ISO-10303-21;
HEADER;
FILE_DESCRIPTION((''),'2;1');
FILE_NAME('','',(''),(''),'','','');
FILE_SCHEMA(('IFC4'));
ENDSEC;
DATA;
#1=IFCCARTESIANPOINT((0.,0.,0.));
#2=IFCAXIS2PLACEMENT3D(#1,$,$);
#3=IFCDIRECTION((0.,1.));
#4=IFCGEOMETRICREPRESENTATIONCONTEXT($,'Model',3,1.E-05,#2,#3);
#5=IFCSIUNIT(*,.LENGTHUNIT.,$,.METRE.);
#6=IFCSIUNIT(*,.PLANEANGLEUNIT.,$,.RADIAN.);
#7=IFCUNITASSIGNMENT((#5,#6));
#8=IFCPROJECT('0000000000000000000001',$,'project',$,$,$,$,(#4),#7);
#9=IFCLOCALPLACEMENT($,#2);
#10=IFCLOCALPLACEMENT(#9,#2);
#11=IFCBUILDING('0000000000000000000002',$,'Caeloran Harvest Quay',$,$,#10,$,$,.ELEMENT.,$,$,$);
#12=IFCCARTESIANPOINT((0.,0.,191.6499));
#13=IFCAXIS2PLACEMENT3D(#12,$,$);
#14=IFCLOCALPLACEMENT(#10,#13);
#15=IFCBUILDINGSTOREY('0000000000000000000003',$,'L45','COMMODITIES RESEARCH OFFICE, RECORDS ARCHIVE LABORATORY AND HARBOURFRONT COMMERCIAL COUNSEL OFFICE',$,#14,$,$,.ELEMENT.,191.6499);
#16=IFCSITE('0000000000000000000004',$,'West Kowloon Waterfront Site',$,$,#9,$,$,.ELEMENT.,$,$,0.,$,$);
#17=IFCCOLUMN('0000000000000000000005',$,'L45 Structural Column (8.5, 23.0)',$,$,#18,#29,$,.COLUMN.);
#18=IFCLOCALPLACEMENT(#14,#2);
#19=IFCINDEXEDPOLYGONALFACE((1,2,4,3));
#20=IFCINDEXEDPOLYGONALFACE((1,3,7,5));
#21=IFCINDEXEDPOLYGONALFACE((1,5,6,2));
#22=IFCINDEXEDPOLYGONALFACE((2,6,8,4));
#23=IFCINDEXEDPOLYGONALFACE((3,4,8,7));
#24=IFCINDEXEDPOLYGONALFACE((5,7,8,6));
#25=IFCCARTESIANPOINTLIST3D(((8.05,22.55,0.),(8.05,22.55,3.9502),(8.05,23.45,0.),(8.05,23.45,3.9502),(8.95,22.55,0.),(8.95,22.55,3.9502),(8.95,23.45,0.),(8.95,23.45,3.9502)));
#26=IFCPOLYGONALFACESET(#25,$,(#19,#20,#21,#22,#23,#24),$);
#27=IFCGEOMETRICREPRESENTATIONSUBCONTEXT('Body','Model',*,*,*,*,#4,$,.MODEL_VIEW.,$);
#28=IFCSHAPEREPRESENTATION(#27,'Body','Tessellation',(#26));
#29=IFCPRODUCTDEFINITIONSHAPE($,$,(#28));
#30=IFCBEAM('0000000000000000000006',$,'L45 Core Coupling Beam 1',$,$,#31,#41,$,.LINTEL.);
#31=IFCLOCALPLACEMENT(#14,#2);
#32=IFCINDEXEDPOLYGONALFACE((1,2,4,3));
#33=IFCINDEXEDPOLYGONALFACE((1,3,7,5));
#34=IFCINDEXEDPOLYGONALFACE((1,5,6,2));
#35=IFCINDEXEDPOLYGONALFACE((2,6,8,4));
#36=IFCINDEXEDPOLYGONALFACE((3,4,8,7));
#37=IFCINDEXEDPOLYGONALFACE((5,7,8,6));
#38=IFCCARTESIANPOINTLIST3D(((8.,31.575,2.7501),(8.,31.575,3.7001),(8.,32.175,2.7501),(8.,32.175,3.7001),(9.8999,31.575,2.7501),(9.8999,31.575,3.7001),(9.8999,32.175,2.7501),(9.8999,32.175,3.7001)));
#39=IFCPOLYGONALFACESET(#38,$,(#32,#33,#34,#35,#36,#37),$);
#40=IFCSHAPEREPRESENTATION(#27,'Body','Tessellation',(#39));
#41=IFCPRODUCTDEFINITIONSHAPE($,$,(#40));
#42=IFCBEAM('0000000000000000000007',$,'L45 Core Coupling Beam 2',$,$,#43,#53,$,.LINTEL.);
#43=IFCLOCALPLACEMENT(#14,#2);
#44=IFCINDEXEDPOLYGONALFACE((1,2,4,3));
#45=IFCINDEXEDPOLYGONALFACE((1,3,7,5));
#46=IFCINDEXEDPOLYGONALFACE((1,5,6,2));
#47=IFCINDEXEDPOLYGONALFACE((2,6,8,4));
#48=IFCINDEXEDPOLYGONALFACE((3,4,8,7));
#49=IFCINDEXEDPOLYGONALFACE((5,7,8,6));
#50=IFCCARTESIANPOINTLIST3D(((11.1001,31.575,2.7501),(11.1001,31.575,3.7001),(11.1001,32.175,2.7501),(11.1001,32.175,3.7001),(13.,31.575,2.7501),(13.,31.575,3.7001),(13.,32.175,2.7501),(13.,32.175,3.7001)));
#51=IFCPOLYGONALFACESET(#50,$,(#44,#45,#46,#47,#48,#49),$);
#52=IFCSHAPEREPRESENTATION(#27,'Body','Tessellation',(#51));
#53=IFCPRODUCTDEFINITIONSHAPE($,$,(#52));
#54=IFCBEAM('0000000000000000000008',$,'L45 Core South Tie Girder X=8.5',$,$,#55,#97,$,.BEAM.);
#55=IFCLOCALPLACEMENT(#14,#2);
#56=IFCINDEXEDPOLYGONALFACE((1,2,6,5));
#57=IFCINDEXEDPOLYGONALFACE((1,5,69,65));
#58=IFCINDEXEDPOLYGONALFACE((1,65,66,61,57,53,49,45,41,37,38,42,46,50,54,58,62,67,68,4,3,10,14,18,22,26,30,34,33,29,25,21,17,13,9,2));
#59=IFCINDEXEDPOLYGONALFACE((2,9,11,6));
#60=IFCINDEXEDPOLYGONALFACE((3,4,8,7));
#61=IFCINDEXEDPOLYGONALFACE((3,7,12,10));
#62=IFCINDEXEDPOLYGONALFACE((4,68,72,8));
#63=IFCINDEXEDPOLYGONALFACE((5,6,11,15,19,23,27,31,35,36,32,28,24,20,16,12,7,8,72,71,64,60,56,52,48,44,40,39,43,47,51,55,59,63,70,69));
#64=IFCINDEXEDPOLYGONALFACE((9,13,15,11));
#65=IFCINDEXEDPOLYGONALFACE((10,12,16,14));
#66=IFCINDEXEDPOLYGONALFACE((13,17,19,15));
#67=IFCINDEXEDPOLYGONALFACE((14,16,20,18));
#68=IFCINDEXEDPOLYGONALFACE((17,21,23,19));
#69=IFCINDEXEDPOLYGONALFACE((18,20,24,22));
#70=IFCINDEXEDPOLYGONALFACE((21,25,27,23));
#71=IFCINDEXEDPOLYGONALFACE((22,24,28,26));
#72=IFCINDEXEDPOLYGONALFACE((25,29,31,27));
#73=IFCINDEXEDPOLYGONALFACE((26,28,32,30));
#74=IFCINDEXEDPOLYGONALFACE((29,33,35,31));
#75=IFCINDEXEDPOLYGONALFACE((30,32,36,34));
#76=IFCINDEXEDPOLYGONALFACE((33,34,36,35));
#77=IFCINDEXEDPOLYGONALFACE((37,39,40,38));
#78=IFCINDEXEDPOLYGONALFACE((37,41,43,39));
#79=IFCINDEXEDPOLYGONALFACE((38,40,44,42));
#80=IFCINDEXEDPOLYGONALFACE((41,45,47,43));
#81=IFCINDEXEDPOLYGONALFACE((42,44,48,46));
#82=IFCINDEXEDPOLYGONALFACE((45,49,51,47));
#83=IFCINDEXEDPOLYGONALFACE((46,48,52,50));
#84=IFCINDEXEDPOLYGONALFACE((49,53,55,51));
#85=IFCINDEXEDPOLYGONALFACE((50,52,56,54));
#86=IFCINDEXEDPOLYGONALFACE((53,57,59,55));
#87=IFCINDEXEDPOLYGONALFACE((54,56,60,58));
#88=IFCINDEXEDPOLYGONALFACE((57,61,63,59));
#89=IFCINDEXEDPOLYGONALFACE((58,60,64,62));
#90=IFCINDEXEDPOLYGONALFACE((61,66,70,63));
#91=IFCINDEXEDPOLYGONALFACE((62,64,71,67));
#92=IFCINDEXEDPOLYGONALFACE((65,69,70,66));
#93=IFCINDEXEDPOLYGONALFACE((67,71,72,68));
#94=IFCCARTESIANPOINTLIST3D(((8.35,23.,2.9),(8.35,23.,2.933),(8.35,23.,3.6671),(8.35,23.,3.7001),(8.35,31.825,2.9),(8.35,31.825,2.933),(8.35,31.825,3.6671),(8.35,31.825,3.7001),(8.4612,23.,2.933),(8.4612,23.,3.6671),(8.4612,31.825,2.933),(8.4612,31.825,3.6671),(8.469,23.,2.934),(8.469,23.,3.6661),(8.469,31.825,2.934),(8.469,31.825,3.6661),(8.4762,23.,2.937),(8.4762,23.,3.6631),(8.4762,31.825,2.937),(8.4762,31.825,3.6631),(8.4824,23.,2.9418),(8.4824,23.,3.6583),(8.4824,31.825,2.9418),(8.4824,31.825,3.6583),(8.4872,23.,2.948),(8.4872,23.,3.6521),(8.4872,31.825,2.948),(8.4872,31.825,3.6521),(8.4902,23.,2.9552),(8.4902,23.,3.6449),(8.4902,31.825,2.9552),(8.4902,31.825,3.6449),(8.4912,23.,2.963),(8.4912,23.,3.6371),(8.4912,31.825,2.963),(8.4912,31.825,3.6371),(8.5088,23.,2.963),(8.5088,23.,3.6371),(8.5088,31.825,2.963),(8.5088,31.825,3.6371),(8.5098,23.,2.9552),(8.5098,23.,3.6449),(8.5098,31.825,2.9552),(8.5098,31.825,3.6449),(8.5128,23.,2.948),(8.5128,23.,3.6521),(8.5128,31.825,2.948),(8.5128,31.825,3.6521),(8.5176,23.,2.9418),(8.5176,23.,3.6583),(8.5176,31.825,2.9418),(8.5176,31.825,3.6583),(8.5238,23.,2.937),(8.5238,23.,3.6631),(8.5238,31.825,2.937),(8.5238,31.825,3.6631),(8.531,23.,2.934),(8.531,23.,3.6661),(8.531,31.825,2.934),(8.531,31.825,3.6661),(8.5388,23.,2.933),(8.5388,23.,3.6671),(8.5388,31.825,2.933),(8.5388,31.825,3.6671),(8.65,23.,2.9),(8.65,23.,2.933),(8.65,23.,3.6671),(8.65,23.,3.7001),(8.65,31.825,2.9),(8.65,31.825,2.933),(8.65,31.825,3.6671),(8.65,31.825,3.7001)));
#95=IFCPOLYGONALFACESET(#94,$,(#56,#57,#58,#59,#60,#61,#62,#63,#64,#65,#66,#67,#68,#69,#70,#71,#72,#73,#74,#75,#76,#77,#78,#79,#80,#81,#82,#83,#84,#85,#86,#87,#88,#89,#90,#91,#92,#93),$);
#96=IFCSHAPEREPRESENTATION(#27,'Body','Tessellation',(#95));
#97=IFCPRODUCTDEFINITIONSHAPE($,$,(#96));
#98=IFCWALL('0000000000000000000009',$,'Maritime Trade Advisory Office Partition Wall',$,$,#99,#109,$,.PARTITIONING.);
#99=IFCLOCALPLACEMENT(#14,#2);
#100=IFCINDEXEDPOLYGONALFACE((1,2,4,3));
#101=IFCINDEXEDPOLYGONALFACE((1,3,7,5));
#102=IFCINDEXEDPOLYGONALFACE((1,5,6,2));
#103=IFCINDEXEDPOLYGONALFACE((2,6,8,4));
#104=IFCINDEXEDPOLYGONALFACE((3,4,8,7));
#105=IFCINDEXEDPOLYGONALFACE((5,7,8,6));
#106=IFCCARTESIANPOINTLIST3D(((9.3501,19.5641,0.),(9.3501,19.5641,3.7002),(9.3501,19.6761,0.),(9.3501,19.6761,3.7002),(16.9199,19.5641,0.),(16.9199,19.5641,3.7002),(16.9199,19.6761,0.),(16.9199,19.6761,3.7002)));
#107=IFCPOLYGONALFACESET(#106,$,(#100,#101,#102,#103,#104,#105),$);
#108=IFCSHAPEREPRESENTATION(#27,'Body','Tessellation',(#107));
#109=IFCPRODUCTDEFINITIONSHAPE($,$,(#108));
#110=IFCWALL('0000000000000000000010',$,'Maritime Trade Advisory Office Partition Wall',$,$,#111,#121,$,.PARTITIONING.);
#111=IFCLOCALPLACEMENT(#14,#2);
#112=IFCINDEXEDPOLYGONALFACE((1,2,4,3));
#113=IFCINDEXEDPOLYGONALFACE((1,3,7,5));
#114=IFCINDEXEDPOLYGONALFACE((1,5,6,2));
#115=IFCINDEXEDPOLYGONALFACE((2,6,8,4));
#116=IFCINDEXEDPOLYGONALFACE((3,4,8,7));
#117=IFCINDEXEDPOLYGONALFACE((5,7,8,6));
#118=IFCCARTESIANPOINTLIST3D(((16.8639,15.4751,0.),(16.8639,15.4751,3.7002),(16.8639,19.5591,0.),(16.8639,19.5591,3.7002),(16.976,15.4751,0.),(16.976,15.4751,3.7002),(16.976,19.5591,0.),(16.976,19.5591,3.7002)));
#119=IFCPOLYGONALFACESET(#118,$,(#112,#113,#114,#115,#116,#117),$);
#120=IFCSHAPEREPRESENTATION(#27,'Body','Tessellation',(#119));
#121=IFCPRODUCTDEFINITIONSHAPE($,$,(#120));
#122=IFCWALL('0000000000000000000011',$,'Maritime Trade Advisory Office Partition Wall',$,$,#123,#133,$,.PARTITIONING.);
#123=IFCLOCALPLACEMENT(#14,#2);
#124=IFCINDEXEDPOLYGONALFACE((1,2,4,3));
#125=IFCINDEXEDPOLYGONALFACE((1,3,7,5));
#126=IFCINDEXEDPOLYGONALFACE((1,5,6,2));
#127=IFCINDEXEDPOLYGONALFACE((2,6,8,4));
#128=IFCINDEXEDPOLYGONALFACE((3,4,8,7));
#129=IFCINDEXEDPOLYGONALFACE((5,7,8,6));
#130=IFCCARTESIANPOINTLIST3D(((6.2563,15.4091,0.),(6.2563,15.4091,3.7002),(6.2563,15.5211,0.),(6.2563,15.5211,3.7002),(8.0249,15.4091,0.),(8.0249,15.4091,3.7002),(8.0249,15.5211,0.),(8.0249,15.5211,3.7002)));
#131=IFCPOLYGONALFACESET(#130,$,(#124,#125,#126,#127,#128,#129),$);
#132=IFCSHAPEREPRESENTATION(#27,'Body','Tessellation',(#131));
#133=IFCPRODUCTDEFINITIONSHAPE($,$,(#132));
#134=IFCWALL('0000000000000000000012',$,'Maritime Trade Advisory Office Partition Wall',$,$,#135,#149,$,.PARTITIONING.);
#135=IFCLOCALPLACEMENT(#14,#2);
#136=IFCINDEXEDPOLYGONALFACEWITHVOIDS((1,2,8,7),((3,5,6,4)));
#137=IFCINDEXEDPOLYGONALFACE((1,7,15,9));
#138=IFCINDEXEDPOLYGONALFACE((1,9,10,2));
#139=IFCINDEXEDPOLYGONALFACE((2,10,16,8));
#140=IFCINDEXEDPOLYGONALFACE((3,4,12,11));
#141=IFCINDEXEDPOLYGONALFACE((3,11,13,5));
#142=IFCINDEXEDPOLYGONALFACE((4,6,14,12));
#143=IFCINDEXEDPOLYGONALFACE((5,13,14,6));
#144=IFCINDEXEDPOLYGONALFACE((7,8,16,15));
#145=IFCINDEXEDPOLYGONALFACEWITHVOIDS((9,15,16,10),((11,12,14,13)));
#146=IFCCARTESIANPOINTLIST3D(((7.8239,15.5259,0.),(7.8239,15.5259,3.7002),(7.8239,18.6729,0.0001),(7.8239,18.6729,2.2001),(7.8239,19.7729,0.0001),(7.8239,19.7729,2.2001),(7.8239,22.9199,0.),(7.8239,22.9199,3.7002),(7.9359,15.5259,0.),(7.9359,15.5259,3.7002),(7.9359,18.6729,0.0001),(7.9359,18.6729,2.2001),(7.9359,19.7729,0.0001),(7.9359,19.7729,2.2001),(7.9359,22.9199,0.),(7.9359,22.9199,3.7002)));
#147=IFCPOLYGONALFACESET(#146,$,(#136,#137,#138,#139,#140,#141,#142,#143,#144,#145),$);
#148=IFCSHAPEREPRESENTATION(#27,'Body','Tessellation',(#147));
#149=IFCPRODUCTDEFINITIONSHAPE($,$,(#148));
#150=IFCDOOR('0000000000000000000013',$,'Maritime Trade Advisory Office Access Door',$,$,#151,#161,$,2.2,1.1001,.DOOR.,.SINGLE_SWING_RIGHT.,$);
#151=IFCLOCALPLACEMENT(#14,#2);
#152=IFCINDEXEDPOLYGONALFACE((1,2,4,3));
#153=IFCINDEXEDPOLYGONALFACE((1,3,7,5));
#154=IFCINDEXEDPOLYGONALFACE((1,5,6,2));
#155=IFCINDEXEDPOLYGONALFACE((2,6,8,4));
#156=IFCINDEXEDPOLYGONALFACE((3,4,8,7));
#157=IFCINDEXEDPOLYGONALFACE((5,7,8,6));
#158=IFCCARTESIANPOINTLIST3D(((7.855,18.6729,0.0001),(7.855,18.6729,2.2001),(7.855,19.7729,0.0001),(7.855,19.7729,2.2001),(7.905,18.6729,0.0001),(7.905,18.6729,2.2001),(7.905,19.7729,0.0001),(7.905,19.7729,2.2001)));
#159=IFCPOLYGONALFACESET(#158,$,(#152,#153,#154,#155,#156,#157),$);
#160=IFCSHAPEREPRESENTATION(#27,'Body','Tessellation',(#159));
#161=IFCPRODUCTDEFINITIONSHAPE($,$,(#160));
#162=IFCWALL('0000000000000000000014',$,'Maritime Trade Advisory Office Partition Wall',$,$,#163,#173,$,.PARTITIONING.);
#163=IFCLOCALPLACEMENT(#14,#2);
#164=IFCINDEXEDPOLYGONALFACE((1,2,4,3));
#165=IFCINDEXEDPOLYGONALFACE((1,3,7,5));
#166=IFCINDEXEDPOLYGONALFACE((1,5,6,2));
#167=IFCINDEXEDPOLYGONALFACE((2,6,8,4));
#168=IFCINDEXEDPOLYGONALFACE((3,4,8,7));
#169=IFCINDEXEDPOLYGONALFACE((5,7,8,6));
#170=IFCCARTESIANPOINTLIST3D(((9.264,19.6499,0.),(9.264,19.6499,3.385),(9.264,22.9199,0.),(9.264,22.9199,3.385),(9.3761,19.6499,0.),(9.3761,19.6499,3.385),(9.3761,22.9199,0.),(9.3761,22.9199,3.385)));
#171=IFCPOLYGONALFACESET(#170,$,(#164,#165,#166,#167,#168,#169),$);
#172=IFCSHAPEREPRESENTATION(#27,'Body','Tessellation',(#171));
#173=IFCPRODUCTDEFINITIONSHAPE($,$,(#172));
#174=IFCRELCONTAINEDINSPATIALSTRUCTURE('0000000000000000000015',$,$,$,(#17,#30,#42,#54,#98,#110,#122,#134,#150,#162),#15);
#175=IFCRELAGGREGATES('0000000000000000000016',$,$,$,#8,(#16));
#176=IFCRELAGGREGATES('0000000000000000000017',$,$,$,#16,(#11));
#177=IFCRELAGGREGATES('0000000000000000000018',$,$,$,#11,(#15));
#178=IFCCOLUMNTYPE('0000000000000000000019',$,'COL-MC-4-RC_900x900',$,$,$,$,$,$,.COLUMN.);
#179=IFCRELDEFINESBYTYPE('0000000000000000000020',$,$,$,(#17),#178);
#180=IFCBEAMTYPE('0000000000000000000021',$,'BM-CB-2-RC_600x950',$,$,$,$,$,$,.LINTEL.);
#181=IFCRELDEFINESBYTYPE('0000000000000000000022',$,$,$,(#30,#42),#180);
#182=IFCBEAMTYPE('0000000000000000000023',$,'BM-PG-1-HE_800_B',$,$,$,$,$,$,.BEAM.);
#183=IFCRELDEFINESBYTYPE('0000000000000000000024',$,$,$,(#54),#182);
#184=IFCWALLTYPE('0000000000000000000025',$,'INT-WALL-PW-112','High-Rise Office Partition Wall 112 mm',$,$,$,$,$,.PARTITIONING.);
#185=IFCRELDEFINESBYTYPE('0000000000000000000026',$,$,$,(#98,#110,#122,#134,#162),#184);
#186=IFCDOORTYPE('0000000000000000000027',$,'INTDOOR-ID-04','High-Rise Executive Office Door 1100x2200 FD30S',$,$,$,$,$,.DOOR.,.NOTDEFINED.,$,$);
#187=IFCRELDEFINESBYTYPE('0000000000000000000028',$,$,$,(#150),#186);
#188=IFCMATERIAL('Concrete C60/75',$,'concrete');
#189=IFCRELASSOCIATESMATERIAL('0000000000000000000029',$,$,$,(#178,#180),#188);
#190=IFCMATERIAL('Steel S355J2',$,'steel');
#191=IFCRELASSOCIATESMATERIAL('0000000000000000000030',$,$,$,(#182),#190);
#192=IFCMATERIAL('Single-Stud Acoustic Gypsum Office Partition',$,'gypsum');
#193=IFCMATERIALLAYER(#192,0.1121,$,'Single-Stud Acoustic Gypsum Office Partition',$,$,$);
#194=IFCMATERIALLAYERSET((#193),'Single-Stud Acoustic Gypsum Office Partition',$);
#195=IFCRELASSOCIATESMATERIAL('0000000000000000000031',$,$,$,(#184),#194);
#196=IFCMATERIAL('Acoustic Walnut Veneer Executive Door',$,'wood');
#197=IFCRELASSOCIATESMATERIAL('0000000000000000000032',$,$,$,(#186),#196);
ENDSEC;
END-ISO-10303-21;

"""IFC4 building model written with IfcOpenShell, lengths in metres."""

from ifc_helpers import new_model, si_unit, direction, frame, frame_2d, origin, origin_2d, place, context, subcontext, project, spatial, rectangle, i_section, extrude, material, layer, layer_set, material_profile, profile_set, type_object, element, fill, save


model = new_model("IFC4")

# Units and contexts
model_context = context("Model", 3, precision=1e-05, world=origin(), true_north=direction((0.0, 1.0)))
body_context = subcontext(model_context, "Body", "Model", "MODEL_VIEW")
ifc_project = project(units=[si_unit("LENGTHUNIT", "METRE"), si_unit("PLANEANGLEUNIT", "RADIAN")], contexts=[model_context])

# Site, building, storey
site_placement = place(None, origin())
site = spatial("IfcSite", under=ifc_project, at=site_placement, Name="West Kowloon Waterfront Site", CompositionType="ELEMENT", RefElevation=0.0)
building_placement = place(site_placement, origin())
building = spatial("IfcBuilding", under=site, at=building_placement, Name="Caeloran Harvest Quay", CompositionType="ELEMENT")
storey_placement = place(building_placement, frame((0.0, 0.0, 191.6499)))
storey = spatial("IfcBuildingStorey", under=building, at=storey_placement, Name="L45", Description="COMMODITIES RESEARCH OFFICE, RECORDS ARCHIVE LABORATORY AND HARBOURFRONT COMMERCIAL COUNSEL OFFICE", CompositionType="ELEMENT", Elevation=191.6499)

# Column
ifc_material_1 = material(Name="Concrete C60/75", Category="concrete")
ifc_material_profile_1 = material_profile(ifc_material_1, rectangle(XDim=0.8999, YDim=0.8999, at=origin_2d()), Name="RC 900x900")
ifc_profile_set_1 = profile_set([ifc_material_profile_1], Name="Concrete C60/75")
column_type = type_object("IfcColumnType", Name="COL-MC-4-RC_900x900", PredefinedType="COLUMN", material=ifc_profile_set_1)
column_placement = place(storey_placement, frame((8.5, 23.0, 0.0), z_axis=(0.0, 0.0, 1.0), x_axis=(1.0, 0.0, 0.0)))
element("IfcColumn", 1, at=column_placement, inside=storey, type_object=column_type, Name="L45 Structural Column (8.5, 23.0)", PredefinedType="COLUMN", context=body_context, shape_type="SweptSolid", body=[
    extrude(rectangle(XDim=0.8999, YDim=0.8999, at=origin_2d()), origin(), (0.0, 0.0, 1.0), 3.9502),
])

# Beams
ifc_material_profile_2 = material_profile(ifc_material_1, rectangle(XDim=0.6001, YDim=0.95, at=origin_2d()), Name="RC 600x950")
ifc_profile_set_2 = profile_set([ifc_material_profile_2], Name="Concrete C60/75")
beam_type_1 = type_object("IfcBeamType", Name="BM-CB-2-RC_600x950", PredefinedType="LINTEL", material=ifc_profile_set_2)
for number, where, z_axis, x_axis, name in (
    (2, (8.0, 31.875, 3.2251), (1.0, 0.0, 0.0), (0.0, 1.0, 0.0), "L45 Core Coupling Beam 1"),
    (3, (11.1001, 31.875, 3.2251), (1.0, 0.0, 0.0), (0.0, 1.0, 0.0), "L45 Core Coupling Beam 2"),
):
    element("IfcBeam", number, at=place(storey_placement, frame(where, z_axis=z_axis, x_axis=x_axis)), inside=storey, type_object=beam_type_1, Name=name, PredefinedType="LINTEL", context=body_context, shape_type="SweptSolid", body=[
        extrude(rectangle(XDim=0.6001, YDim=0.95, at=origin_2d()), origin(), (0.0, 0.0, 1.0), 1.8999),
    ])
ifc_material_2 = material(Name="Steel S355J2", Category="steel")
ifc_material_profile_3 = material_profile(ifc_material_2, i_section(OverallWidth=0.3, OverallDepth=0.8, WebThickness=0.0176, FlangeThickness=0.033, FilletRadius=0.03, at=origin_2d()), Name="HE 800 B")
ifc_profile_set_3 = profile_set([ifc_material_profile_3], Name="Steel S355J2")
beam_type_2 = type_object("IfcBeamType", Name="BM-PG-1-HE_800_B", PredefinedType="BEAM", material=ifc_profile_set_3)
beam_placement = place(storey_placement, frame((8.5, 23.0, 3.3), z_axis=(0.0, 1.0, 0.0), x_axis=(-1.0, 0.0, 0.0)))
element("IfcBeam", 4, at=beam_placement, inside=storey, type_object=beam_type_2, Name="L45 Core South Tie Girder X=8.5", PredefinedType="BEAM", context=body_context, shape_type="SweptSolid", body=[
    extrude(i_section(OverallWidth=0.3, OverallDepth=0.8, WebThickness=0.0176, FlangeThickness=0.033, FilletRadius=0.03, at=origin_2d()), origin(), (0.0, 0.0, 1.0), 8.825),
])

# Walls
ifc_material_3 = material(Name="Single-Stud Acoustic Gypsum Office Partition", Category="gypsum")
ifc_layer_1 = layer(ifc_material_3, 0.1121, Name="Single-Stud Acoustic Gypsum Office Partition")
ifc_layer_set_1 = layer_set([ifc_layer_1], Name="Single-Stud Acoustic Gypsum Office Partition")
wall_type_1 = type_object("IfcWallType", Name="INT-WALL-PW-112", Description="High-Rise Office Partition Wall 112 mm", PredefinedType="PARTITIONING", material=ifc_layer_set_1)
wall_1_placement = place(storey_placement, frame((9.3501, 19.6201, 0.0), z_axis=(0.0, 0.0, 1.0), x_axis=(1.0, 0.0, 0.0)))
element("IfcWall", 5, at=wall_1_placement, inside=storey, type_object=wall_type_1, Name="Maritime Trade Advisory Office Partition Wall", PredefinedType="PARTITIONING", context=body_context, shape_type="SweptSolid", body=[
    extrude(rectangle(XDim=7.5698, YDim=0.1121, at=frame_2d((3.7849, 0.0))), origin(), (0.0, 0.0, 1.0), 3.7002),
])
wall_2_placement = place(storey_placement, frame((16.9199, 19.5591, 0.0), z_axis=(0.0, 0.0, 1.0), x_axis=(0.0, -1.0, 0.0)))
element("IfcWall", 6, at=wall_2_placement, inside=storey, type_object=wall_type_1, Name="Maritime Trade Advisory Office Partition Wall", PredefinedType="PARTITIONING", context=body_context, shape_type="SweptSolid", body=[
    extrude(rectangle(XDim=4.084, YDim=0.1121, at=frame_2d((2.042, 0.0))), origin(), (0.0, 0.0, 1.0), 3.7002),
])
wall_3_placement = place(storey_placement, frame((8.0249, 15.4651, 0.0), z_axis=(0.0, 0.0, 1.0), x_axis=(-1.0, 0.0, 0.0)))
element("IfcWall", 7, at=wall_3_placement, inside=storey, type_object=wall_type_1, Name="Maritime Trade Advisory Office Partition Wall", PredefinedType="PARTITIONING", context=body_context, shape_type="SweptSolid", body=[
    extrude(rectangle(XDim=1.7686, YDim=0.1121, at=frame_2d((0.8843, 0.0))), origin(), (0.0, 0.0, 1.0), 3.7002),
])

# Wall, opening, door
wall_4_placement = place(storey_placement, frame((7.8799, 15.5259, 0.0), z_axis=(0.0, 0.0, 1.0), x_axis=(0.0, 1.0, 0.0)))
wall_4 = element("IfcWall", 8, at=wall_4_placement, inside=storey, type_object=wall_type_1, Name="Maritime Trade Advisory Office Partition Wall", PredefinedType="PARTITIONING", context=body_context, shape_type="SweptSolid", body=[
    extrude(rectangle(XDim=7.394, YDim=0.1121, at=frame_2d((3.697, 0.0))), origin(), (0.0, 0.0, 1.0), 3.7002),
])
opening_1_placement = place(wall_4_placement, frame((3.147, 0.0, 0.0)))
opening_1 = element("IfcOpeningElement", 9, at=opening_1_placement, cuts=wall_4, PredefinedType="OPENING", context=body_context, shape_type="SweptSolid", body=[
    extrude(rectangle(XDim=1.1001, YDim=2.2, at=frame_2d((0.55, 1.1001))), frame((0.0, 0.0659, 0.0), z_axis=(0.0, -1.0, 0.0), x_axis=(1.0, 0.0, 0.0)), (0.0, 0.0, 1.0), 0.1321),
])
ifc_material_4 = material(Name="Acoustic Walnut Veneer Executive Door", Category="wood")
door_type_1 = type_object("IfcDoorType", Name="INTDOOR-ID-04", Description="High-Rise Executive Office Door 1100x2200 FD30S", OperationType="NOTDEFINED", PredefinedType="DOOR", material=ifc_material_4)
door_1_placement = place(opening_1_placement, origin())
door_1 = element("IfcDoor", 10, at=door_1_placement, inside=storey, type_object=door_type_1, Name="Maritime Trade Advisory Office Access Door", OperationType="SINGLE_SWING_RIGHT", OverallHeight=2.2, OverallWidth=1.1001, PredefinedType="DOOR", context=body_context, shape_type="SweptSolid", body=[
    extrude(rectangle(XDim=1.1001, YDim=2.2, at=frame_2d((0.55, 1.1001))), frame((0.0, 0.0249, 0.0), z_axis=(0.0, -1.0, 0.0), x_axis=(1.0, 0.0, 0.0)), (0.0, 0.0, 1.0), 0.05),
])
fill(opening_1, door_1)

# Wall
wall_5_placement = place(storey_placement, frame((9.3201, 22.9199, 0.0), z_axis=(0.0, 0.0, 1.0), x_axis=(0.0, -1.0, 0.0)))
element("IfcWall", 11, at=wall_5_placement, inside=storey, type_object=wall_type_1, Name="Maritime Trade Advisory Office Partition Wall", PredefinedType="PARTITIONING", context=body_context, shape_type="SweptSolid", body=[
    extrude(rectangle(XDim=3.27, YDim=0.1121, at=frame_2d((1.635, 0.0))), origin(), (0.0, 0.0, 1.0), 3.385),
])

save(model, "model.ifc")
